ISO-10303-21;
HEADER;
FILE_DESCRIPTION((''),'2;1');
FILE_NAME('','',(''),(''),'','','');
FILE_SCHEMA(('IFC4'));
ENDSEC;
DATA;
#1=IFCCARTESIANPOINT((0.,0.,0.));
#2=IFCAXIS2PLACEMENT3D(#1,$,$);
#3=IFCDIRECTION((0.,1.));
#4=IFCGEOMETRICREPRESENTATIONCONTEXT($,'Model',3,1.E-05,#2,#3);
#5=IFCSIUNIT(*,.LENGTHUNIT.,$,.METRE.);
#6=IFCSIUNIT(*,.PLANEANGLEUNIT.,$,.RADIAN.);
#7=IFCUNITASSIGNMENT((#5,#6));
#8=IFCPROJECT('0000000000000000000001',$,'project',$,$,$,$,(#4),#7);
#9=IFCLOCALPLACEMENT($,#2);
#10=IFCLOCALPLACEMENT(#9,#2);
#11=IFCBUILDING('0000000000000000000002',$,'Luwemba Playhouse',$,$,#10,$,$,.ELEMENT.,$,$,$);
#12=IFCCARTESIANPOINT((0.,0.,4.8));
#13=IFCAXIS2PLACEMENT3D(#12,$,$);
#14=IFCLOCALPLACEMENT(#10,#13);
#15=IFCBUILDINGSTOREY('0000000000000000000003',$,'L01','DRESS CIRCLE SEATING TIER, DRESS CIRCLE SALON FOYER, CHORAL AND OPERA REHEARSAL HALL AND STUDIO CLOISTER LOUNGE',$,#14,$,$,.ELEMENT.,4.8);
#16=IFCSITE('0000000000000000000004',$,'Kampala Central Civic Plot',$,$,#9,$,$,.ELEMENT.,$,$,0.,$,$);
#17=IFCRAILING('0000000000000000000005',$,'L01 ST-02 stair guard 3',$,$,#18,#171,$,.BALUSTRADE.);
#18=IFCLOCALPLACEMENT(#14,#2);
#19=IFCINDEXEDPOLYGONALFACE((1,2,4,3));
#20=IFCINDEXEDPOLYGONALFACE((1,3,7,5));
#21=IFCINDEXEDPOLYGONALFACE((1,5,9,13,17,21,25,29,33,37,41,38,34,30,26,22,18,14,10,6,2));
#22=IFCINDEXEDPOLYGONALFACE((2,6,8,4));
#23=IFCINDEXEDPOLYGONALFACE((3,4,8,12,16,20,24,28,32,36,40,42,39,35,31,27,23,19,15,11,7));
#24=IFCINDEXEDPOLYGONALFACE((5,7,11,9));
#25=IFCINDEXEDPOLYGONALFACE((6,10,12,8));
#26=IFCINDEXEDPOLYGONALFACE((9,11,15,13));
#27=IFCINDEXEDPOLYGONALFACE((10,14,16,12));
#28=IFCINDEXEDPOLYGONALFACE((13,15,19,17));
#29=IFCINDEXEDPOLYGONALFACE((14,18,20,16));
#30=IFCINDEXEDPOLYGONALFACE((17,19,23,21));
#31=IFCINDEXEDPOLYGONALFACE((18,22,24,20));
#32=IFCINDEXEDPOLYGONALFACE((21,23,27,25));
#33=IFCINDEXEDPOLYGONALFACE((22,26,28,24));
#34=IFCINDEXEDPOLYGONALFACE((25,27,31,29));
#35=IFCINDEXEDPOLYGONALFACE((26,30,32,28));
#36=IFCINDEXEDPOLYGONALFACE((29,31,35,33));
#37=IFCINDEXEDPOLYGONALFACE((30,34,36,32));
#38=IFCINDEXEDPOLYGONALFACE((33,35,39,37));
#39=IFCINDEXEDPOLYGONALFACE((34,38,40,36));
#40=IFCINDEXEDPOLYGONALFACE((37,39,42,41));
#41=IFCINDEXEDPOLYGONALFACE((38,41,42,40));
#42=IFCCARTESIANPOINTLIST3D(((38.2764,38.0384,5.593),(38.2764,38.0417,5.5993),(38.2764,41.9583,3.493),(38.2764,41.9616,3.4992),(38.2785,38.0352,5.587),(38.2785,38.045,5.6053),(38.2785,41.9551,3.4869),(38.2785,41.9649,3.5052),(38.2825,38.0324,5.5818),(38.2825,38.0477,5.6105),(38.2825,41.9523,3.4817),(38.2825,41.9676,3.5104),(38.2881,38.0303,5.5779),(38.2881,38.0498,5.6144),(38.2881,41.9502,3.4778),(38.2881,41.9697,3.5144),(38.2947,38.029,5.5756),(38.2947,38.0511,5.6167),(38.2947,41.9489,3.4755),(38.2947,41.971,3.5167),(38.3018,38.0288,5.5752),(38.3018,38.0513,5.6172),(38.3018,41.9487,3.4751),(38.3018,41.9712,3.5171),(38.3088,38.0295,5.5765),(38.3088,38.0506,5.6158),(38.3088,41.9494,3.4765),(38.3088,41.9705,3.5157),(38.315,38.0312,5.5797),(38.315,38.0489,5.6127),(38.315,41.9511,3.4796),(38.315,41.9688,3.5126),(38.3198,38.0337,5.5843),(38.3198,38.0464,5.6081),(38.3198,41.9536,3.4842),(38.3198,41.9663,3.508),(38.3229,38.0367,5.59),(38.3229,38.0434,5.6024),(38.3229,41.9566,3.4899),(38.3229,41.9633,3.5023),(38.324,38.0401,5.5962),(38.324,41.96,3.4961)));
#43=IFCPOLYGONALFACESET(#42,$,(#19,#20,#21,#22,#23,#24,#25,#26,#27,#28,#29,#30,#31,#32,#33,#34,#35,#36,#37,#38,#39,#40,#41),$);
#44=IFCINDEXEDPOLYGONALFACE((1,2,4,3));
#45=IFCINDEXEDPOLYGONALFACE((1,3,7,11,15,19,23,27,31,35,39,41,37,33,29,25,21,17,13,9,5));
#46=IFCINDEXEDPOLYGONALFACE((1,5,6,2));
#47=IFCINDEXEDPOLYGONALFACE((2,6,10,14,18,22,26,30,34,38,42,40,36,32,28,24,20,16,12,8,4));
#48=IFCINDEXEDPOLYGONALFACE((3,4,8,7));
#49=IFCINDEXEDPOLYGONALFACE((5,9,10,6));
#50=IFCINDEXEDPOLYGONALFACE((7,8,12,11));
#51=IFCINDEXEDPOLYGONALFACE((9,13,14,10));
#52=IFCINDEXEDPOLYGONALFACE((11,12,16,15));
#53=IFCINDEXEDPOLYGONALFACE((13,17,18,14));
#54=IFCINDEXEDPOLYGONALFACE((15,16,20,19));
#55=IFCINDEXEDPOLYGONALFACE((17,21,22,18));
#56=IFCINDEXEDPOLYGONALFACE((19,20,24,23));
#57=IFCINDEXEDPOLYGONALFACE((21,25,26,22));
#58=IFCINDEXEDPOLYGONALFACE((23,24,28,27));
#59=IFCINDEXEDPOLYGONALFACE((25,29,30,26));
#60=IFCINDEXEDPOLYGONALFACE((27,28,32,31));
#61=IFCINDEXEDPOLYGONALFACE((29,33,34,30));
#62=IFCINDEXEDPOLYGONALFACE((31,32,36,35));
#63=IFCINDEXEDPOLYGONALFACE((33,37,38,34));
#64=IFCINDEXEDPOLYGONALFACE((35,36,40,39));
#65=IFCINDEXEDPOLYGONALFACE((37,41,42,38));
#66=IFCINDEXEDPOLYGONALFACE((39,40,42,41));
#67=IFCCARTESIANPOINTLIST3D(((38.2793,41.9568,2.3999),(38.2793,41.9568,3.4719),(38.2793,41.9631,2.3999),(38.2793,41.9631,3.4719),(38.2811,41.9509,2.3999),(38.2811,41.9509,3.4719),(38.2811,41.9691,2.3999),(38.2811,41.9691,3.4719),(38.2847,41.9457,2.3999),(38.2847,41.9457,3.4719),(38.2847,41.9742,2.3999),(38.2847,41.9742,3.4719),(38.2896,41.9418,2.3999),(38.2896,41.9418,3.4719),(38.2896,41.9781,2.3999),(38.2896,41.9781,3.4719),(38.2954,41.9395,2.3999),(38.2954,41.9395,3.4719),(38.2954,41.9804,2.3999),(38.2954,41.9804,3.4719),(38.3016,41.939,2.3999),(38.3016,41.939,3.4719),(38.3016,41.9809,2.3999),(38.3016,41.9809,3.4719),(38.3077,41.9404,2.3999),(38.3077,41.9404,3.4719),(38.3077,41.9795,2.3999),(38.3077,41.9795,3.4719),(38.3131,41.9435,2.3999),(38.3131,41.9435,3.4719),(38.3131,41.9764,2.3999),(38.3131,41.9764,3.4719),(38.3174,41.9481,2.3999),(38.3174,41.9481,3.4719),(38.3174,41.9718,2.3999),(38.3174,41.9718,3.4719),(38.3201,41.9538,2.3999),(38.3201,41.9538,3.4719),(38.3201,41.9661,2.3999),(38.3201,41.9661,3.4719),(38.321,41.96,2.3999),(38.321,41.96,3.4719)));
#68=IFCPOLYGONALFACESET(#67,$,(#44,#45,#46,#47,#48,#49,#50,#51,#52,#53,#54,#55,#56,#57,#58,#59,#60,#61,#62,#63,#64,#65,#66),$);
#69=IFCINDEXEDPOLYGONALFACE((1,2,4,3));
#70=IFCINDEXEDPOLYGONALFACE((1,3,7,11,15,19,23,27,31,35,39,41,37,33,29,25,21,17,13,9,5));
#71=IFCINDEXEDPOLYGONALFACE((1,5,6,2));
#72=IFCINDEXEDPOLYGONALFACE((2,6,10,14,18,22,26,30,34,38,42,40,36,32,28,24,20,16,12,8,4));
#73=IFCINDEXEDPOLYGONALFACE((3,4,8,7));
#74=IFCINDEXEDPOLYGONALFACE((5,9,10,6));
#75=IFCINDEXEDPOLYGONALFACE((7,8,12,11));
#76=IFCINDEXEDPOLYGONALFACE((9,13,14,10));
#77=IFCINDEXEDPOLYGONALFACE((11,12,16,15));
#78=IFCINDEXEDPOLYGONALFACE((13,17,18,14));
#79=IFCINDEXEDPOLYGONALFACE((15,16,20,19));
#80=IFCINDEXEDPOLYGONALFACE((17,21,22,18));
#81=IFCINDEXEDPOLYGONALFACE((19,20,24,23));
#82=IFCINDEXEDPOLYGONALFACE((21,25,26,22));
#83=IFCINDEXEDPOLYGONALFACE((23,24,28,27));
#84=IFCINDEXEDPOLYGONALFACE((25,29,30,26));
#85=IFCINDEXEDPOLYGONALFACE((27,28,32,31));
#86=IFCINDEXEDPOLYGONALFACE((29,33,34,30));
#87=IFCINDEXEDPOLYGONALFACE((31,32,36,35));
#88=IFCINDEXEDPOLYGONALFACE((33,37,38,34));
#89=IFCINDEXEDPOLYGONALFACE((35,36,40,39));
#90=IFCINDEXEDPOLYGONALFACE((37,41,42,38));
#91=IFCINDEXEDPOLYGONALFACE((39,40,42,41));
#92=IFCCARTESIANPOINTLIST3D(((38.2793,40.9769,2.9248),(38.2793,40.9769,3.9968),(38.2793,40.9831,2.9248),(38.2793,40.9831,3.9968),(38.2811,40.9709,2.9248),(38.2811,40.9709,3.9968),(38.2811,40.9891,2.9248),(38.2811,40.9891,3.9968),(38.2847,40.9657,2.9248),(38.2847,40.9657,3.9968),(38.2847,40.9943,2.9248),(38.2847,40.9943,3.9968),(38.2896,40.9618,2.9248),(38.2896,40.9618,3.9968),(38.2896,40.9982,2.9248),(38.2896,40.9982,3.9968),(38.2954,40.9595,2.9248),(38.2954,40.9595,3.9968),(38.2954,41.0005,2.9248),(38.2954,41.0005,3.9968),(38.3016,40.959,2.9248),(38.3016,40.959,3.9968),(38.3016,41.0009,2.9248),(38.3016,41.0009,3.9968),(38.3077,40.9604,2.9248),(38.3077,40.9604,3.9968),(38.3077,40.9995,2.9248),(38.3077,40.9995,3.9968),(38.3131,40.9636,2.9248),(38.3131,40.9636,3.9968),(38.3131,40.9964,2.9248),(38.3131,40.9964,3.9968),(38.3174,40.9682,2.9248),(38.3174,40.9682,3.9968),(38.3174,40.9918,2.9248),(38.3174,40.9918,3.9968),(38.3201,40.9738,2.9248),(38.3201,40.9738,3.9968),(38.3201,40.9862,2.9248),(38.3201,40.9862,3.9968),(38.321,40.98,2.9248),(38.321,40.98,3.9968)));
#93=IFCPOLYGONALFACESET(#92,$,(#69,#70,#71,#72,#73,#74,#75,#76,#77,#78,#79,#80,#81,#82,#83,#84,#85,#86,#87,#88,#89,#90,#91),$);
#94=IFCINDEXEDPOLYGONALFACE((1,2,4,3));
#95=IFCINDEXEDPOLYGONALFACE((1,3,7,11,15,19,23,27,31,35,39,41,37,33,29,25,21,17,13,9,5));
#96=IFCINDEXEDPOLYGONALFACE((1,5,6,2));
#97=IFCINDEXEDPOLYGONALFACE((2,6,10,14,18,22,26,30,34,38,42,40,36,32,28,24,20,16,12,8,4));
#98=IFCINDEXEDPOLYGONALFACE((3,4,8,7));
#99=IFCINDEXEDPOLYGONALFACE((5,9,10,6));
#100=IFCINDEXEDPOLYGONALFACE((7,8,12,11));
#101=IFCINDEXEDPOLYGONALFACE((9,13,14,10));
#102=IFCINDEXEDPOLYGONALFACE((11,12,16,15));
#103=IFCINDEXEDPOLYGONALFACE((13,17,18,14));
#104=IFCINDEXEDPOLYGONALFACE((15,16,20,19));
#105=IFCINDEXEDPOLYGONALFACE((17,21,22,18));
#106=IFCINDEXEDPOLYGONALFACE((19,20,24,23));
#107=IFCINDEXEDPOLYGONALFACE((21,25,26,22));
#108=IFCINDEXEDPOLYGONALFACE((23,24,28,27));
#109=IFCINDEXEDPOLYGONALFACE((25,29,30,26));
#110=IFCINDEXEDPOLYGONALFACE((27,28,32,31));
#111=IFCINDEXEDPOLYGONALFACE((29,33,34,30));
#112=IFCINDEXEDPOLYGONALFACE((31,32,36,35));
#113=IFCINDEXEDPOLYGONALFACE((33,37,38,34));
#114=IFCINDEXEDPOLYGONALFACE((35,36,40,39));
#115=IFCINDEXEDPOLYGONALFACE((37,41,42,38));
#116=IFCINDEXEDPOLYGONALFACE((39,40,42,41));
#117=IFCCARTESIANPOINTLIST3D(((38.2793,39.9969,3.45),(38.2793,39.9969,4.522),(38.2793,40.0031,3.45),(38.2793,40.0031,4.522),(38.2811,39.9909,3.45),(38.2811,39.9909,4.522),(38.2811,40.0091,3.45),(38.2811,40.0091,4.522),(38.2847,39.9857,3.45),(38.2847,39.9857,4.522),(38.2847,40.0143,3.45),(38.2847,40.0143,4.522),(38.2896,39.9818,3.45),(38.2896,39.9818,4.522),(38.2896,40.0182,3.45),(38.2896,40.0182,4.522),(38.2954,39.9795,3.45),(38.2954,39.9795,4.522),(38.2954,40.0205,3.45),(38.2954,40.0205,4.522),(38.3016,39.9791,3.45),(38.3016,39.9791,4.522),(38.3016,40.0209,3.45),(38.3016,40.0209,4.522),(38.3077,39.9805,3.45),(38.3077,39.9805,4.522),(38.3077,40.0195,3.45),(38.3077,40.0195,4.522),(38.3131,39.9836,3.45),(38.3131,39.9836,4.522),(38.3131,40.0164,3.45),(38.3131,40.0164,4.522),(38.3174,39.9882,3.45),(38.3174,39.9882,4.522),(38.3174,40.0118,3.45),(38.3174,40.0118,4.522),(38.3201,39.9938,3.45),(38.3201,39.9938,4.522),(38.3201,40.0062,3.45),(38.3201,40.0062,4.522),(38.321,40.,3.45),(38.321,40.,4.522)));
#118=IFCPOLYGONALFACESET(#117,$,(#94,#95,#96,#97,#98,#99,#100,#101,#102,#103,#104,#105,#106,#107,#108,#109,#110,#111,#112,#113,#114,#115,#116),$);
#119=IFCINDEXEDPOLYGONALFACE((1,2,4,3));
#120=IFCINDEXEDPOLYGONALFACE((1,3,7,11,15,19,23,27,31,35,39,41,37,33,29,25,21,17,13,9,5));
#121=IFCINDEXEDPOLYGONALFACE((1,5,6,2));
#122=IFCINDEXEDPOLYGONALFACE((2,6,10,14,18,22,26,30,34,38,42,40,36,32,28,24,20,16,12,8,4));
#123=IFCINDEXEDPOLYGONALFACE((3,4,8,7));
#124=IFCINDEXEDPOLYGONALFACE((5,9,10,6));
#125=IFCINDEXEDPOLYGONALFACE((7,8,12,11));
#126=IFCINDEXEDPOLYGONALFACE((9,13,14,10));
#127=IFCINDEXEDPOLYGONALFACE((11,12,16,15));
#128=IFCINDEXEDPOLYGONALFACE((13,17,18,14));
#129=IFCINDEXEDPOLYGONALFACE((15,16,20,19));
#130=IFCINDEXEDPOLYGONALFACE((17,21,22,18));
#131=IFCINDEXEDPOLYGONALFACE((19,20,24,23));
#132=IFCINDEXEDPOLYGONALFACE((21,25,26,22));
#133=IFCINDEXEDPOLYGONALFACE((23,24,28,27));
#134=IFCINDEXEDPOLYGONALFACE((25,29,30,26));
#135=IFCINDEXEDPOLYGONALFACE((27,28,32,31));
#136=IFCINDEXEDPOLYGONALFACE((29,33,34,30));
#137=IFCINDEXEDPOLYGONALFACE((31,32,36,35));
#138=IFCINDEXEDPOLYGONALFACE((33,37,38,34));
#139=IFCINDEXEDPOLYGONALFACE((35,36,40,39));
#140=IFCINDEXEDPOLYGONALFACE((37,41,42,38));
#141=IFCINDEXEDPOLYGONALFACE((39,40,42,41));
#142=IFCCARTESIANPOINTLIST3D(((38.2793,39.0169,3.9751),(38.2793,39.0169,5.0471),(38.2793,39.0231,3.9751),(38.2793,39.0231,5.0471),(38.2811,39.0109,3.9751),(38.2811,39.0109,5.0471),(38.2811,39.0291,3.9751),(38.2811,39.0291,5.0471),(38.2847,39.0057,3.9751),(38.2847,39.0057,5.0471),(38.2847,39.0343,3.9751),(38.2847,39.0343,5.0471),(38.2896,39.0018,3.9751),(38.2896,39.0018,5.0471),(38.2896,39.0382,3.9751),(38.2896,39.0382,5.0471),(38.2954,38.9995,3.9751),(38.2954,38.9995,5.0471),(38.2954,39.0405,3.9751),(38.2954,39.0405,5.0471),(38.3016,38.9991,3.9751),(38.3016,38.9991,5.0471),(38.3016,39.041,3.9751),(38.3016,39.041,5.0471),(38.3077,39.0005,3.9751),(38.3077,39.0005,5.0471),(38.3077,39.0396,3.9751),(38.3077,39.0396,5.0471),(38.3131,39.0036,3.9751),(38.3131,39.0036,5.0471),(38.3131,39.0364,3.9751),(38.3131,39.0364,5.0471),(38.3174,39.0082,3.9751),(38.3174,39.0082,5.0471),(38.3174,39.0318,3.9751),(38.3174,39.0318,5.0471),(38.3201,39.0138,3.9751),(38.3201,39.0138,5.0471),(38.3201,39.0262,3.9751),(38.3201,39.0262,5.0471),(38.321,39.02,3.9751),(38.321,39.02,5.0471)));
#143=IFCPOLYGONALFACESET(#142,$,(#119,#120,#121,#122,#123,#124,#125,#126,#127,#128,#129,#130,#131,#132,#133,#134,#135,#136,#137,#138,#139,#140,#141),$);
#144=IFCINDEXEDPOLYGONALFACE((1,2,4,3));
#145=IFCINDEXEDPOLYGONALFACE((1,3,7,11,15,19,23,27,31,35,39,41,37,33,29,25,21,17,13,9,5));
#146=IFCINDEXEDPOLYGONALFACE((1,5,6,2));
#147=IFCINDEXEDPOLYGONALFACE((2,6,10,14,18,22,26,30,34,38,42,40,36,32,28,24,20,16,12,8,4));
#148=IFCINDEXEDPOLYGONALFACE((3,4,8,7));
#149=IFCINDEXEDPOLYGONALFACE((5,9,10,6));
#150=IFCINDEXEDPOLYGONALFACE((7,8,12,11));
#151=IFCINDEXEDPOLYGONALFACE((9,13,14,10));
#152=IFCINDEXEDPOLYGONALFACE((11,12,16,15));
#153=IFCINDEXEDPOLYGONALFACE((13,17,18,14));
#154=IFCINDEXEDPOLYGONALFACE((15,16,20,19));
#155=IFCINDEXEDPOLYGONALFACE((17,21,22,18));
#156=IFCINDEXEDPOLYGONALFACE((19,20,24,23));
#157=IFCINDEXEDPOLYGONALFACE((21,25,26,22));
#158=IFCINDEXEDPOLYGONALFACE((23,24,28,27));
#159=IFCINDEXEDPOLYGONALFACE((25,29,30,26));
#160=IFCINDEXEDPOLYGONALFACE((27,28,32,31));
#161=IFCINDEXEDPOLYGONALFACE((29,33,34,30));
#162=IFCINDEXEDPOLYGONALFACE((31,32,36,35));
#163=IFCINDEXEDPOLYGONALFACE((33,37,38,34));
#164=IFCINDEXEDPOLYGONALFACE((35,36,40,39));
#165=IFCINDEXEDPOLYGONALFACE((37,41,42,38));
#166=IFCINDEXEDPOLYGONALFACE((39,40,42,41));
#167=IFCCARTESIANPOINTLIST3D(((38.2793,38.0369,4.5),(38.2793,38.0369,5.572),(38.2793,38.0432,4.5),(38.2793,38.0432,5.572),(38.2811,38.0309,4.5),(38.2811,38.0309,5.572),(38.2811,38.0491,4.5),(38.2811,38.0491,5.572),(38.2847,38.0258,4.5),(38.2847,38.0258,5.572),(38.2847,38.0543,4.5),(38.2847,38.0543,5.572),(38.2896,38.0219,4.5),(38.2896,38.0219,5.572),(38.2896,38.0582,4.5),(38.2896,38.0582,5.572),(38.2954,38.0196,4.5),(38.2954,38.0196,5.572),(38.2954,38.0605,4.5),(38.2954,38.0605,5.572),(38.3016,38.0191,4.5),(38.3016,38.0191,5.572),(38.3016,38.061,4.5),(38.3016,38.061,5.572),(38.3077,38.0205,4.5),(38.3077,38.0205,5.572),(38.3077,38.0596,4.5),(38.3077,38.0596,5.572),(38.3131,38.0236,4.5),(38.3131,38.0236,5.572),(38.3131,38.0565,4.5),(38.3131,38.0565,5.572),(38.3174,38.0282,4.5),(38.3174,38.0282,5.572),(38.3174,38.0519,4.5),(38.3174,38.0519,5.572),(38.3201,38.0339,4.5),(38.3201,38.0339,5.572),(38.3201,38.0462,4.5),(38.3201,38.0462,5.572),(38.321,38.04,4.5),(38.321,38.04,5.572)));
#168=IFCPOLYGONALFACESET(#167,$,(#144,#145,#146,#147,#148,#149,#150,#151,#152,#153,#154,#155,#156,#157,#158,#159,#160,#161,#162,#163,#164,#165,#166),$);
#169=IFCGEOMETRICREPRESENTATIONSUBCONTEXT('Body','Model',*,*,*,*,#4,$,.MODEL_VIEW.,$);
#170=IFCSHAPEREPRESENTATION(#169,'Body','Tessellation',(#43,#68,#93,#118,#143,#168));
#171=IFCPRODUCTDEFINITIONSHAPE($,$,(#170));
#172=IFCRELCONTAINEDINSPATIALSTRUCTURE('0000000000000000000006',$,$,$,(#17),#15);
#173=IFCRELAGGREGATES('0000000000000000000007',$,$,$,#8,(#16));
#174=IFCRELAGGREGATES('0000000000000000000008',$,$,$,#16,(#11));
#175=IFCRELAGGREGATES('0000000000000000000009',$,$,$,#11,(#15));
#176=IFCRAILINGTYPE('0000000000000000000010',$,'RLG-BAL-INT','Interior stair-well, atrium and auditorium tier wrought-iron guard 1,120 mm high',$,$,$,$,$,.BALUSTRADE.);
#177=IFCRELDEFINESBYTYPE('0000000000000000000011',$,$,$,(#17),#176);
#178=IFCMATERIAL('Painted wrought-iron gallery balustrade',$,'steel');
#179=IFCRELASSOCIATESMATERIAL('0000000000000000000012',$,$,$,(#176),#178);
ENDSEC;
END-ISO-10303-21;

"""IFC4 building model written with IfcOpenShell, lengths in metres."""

from ifc_helpers import new_model, si_unit, direction, frame, origin, origin_2d, place, context, subcontext, project, spatial, circle, extrude, material, type_object, element, save


model = new_model("IFC4")

# Units and contexts
model_context = context("Model", 3, precision=1e-05, world=origin(), true_north=direction((0.0, 1.0)))
body_context = subcontext(model_context, "Body", "Model", "MODEL_VIEW")
ifc_project = project(units=[si_unit("LENGTHUNIT", "METRE"), si_unit("PLANEANGLEUNIT", "RADIAN")], contexts=[model_context])

# Site, building, storey
site_placement = place(None, origin())
site = spatial("IfcSite", under=ifc_project, at=site_placement, Name="Kampala Central Civic Plot", CompositionType="ELEMENT", RefElevation=0.0)
building_placement = place(site_placement, origin())
building = spatial("IfcBuilding", under=site, at=building_placement, Name="Luwemba Playhouse", CompositionType="ELEMENT")
storey_placement = place(building_placement, frame((0.0, 0.0, 4.8)))
storey = spatial("IfcBuildingStorey", under=building, at=storey_placement, Name="L01", Description="DRESS CIRCLE SEATING TIER, DRESS CIRCLE SALON FOYER, CHORAL AND OPERA REHEARSAL HALL AND STUDIO CLOISTER LOUNGE", CompositionType="ELEMENT", Elevation=4.8)

# Railing
ifc_material_1 = material(Name="Painted wrought-iron gallery balustrade", Category="steel")
railing_type_1 = type_object("IfcRailingType", Name="RLG-BAL-INT", Description="Interior stair-well, atrium and auditorium tier wrought-iron guard 1,120 mm high", PredefinedType="BALUSTRADE", material=ifc_material_1)
railing_1_placement = place(storey_placement, frame((38.3, 41.96, 2.3999)))
element("IfcRailing", 1, at=railing_1_placement, inside=storey, type_object=railing_type_1, Name="L01 ST-02 stair guard 3", PredefinedType="BALUSTRADE", context=body_context, shape_type="SweptSolid", body=[
    extrude(circle(Radius=0.0239, at=origin_2d()), frame((0.0, 0.0, 1.0962), z_axis=(0.0, -0.881467, 0.472246), x_axis=(1.0, 0.0, 0.0)), (0.0, 0.0, 1.0), 4.447),
    extrude(circle(Radius=0.021, at=origin_2d()), origin(), (0.0, 0.0, 1.0), 1.072),
    extrude(circle(Radius=0.021, at=origin_2d()), frame((0.0, -0.98, 0.5249)), (0.0, 0.0, 1.0), 1.072),
    extrude(circle(Radius=0.021, at=origin_2d()), frame((0.0, -1.96, 1.05)), (0.0, 0.0, 1.0), 1.072),
    extrude(circle(Radius=0.021, at=origin_2d()), frame((0.0, -2.9399, 1.5752)), (0.0, 0.0, 1.0), 1.072),
    extrude(circle(Radius=0.021, at=origin_2d()), frame((0.0, -3.9199, 2.1001)), (0.0, 0.0, 1.0), 1.072),
])

save(model, "model.ifc")
